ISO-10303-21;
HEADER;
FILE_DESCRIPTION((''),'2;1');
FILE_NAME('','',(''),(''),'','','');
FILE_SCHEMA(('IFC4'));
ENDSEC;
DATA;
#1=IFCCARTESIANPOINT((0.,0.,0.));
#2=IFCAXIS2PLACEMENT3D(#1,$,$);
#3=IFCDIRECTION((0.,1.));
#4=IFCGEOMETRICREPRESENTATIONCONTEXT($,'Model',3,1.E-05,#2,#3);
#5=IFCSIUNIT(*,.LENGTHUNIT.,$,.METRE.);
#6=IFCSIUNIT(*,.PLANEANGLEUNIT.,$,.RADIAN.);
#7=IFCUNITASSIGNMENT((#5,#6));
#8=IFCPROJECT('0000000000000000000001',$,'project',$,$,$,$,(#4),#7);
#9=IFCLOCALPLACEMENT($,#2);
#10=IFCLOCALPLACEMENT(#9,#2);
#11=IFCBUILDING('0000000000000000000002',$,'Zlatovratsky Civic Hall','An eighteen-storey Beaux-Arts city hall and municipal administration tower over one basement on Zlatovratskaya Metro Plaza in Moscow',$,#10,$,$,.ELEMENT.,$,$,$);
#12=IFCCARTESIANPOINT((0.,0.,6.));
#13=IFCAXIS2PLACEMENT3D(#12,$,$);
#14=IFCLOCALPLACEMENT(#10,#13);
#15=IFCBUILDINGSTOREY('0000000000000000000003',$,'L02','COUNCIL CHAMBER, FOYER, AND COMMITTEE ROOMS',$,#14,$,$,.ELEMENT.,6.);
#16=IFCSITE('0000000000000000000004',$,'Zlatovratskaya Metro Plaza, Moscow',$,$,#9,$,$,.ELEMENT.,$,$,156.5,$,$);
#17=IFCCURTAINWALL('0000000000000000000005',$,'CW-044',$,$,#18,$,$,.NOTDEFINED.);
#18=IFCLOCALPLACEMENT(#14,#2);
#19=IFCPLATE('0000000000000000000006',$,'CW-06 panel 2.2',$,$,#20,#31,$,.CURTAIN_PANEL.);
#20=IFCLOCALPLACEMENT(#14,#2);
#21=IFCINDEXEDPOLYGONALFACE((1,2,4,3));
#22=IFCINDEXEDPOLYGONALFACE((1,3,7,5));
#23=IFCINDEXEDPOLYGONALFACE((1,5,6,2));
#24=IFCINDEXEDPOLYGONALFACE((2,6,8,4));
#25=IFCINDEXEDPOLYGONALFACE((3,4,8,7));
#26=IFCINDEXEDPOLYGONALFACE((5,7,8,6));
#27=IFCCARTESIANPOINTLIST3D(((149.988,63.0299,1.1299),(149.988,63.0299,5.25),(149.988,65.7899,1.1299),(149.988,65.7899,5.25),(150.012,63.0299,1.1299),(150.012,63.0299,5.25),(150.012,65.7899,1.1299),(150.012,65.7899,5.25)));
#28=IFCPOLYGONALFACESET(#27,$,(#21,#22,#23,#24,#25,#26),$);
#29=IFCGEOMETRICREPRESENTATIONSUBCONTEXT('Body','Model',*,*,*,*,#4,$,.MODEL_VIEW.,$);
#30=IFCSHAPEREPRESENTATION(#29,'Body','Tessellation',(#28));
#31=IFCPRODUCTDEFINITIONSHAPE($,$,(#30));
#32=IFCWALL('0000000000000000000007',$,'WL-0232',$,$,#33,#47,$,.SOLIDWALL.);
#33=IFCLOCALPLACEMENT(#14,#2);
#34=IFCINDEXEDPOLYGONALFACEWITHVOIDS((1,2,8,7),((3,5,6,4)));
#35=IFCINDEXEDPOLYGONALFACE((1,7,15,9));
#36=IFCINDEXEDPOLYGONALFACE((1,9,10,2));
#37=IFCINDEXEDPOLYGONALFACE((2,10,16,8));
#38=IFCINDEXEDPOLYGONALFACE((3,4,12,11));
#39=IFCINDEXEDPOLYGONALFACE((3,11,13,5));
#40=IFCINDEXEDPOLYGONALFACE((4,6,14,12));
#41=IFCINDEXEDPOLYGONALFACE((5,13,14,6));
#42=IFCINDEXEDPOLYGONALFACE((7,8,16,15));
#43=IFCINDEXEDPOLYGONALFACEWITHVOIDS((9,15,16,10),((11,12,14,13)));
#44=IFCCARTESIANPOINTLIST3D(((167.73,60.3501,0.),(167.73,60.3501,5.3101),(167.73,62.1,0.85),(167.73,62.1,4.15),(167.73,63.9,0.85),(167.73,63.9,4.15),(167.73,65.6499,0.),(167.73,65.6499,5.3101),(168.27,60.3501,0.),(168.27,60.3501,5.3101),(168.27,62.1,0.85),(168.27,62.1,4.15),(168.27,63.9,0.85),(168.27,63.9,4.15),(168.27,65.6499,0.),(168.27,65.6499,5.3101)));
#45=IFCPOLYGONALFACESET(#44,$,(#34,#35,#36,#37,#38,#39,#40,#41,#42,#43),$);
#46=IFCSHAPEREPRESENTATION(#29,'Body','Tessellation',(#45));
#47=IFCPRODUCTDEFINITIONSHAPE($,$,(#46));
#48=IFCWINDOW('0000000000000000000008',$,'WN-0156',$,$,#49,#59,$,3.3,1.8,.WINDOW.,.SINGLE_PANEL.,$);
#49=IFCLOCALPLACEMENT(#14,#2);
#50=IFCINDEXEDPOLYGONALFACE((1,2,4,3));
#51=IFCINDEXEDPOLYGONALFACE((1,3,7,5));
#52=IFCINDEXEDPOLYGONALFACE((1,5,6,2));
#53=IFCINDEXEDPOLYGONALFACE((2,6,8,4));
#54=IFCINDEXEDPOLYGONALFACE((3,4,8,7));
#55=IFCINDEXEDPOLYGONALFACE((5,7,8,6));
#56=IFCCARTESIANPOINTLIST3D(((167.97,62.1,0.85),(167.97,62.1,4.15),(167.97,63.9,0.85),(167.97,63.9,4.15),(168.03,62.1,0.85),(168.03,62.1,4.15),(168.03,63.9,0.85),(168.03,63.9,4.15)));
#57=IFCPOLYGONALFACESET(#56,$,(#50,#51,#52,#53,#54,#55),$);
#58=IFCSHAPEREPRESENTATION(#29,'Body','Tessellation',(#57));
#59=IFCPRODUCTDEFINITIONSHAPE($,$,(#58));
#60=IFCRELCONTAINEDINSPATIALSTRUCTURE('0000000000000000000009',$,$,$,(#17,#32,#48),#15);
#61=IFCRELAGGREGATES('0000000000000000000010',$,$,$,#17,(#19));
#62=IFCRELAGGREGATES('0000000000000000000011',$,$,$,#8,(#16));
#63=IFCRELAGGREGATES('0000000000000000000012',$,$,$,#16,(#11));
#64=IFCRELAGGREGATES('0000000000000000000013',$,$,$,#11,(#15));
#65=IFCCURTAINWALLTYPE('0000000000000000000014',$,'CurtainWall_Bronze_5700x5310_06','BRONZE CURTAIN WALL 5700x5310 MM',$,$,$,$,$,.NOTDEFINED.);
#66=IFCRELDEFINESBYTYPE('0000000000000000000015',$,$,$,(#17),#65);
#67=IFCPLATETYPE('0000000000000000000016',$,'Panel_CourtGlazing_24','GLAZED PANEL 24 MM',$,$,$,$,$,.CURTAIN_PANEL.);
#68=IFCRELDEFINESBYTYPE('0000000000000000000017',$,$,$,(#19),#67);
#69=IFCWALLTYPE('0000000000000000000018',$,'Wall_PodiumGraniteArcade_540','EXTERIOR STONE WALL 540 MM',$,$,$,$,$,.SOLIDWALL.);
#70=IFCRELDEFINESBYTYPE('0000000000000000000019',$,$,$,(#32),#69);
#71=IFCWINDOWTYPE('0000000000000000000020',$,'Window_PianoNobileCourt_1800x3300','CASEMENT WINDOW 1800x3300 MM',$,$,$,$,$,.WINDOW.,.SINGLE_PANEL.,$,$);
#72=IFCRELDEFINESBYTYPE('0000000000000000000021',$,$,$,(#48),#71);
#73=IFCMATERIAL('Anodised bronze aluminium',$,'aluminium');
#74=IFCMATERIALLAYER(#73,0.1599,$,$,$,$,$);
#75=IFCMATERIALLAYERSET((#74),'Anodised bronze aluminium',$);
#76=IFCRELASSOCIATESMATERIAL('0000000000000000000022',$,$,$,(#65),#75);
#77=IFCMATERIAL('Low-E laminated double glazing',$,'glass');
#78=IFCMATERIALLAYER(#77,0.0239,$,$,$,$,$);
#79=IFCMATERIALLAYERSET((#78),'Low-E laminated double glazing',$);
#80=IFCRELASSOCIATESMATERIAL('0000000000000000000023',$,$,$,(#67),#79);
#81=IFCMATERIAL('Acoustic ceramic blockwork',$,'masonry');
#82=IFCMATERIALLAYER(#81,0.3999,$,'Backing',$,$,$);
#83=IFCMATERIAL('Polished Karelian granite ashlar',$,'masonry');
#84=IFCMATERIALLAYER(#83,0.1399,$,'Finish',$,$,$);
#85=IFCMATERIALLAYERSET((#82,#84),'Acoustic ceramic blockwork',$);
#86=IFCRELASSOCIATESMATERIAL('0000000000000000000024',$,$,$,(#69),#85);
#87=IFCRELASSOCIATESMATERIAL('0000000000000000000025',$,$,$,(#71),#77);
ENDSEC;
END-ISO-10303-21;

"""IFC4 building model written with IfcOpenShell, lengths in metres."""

from ifc_helpers import new_model, si_unit, direction, frame, frame_2d, origin, origin_2d, place, context, subcontext, project, spatial, rectangle, extrude, material, layer, layer_set, type_object, element, fill, aggregate, save


model = new_model("IFC4")

# Units and contexts
model_context = context("Model", 3, precision=1e-05, world=origin(), true_north=direction((0.0, 1.0)))
body_context = subcontext(model_context, "Body", "Model", "MODEL_VIEW")
ifc_project = project(units=[si_unit("LENGTHUNIT", "METRE"), si_unit("PLANEANGLEUNIT", "RADIAN")], contexts=[model_context])

# Site, building, storey
site_placement = place(None, origin())
site = spatial("IfcSite", under=ifc_project, at=site_placement, Name="Zlatovratskaya Metro Plaza, Moscow", CompositionType="ELEMENT", RefElevation=156.5)
building_placement = place(site_placement, origin())
building = spatial("IfcBuilding", under=site, at=building_placement, Name="Zlatovratsky Civic Hall", Description="An eighteen-storey Beaux-Arts city hall and municipal administration tower over one basement on Zlatovratskaya Metro Plaza in Moscow", CompositionType="ELEMENT")
storey_placement = place(building_placement, frame((0.0, 0.0, 6.0)))
storey = spatial("IfcBuildingStorey", under=building, at=storey_placement, Name="L02", Description="COUNCIL CHAMBER, FOYER, AND COMMITTEE ROOMS", CompositionType="ELEMENT", Elevation=6.0)

# Shared definitions
ifc_material_1 = material(Name="Anodised bronze aluminium", Category="aluminium")
ifc_layer_1 = layer(ifc_material_1, 0.1599)
ifc_layer_set_1 = layer_set([ifc_layer_1], Name="Anodised bronze aluminium")
curtain_wall_type = type_object("IfcCurtainWallType", Name="CurtainWall_Bronze_5700x5310_06", Description="BRONZE CURTAIN WALL 5700x5310 MM", PredefinedType="NOTDEFINED", material=ifc_layer_set_1)

# Curtain wall
curtain_wall_1_placement = place(storey_placement, origin())
curtain_wall_1 = element("IfcCurtainWall", 1, at=curtain_wall_1_placement, inside=storey, type_object=curtain_wall_type, Name="CW-044", PredefinedType="NOTDEFINED")

# Plate
ifc_material_2 = material(Name="Low-E laminated double glazing", Category="glass")
ifc_layer_2 = layer(ifc_material_2, 0.0239)
ifc_layer_set_2 = layer_set([ifc_layer_2], Name="Low-E laminated double glazing")
plate_type = type_object("IfcPlateType", Name="Panel_CourtGlazing_24", Description="GLAZED PANEL 24 MM", PredefinedType="CURTAIN_PANEL", material=ifc_layer_set_2)
plate_1_placement = place(storey_placement, frame((150.0, 64.4099, 1.1299), z_axis=(0.0, 0.0, 1.0), x_axis=(0.0, 1.0, 0.0)))
plate_1 = element("IfcPlate", 2, at=plate_1_placement, type_object=plate_type, Name="CW-06 panel 2.2", PredefinedType="CURTAIN_PANEL", context=body_context, shape_type="SweptSolid", body=[
    extrude(rectangle(XDim=2.76, YDim=0.0239, at=origin_2d()), origin(), (0.0, 0.0, 1.0), 4.1201),
])
aggregate(curtain_wall_1, [plate_1])

# Wall, opening, window
ifc_material_3 = material(Name="Acoustic ceramic blockwork", Category="masonry")
ifc_layer_3 = layer(ifc_material_3, 0.3999, Name="Backing")
ifc_material_4 = material(Name="Polished Karelian granite ashlar", Category="masonry")
ifc_layer_4 = layer(ifc_material_4, 0.1399, Name="Finish")
ifc_layer_set_3 = layer_set([ifc_layer_3, ifc_layer_4], Name="Acoustic ceramic blockwork")
wall_type = type_object("IfcWallType", Name="Wall_PodiumGraniteArcade_540", Description="EXTERIOR STONE WALL 540 MM", PredefinedType="SOLIDWALL", material=ifc_layer_set_3)
wall_placement = place(storey_placement, frame((168.0, 60.3501, 0.0), z_axis=(0.0, 0.0, 1.0), x_axis=(0.0, 1.0, 0.0)))
wall = element("IfcWall", 3, at=wall_placement, inside=storey, type_object=wall_type, Name="WL-0232", PredefinedType="SOLIDWALL", context=body_context, shape_type="SweptSolid", body=[
    extrude(rectangle(XDim=5.2998, YDim=0.54, at=frame_2d((2.6499, 0.0))), origin(), (0.0, 0.0, 1.0), 5.3101),
])
opening_placement = place(wall_placement, frame((1.75, 0.0, 0.8501)))
opening = element("IfcOpeningElement", 4, at=opening_placement, cuts=wall, PredefinedType="OPENING", context=body_context, shape_type="SweptSolid", body=[
    extrude(rectangle(XDim=1.8, YDim=3.3, at=frame_2d((0.8999, 1.6499))), frame((0.0, 0.2849, 0.0), z_axis=(0.0, -1.0, 0.0), x_axis=(1.0, 0.0, 0.0)), (0.0, 0.0, 1.0), 0.5698),
])
window_type = type_object("IfcWindowType", Name="Window_PianoNobileCourt_1800x3300", Description="CASEMENT WINDOW 1800x3300 MM", PartitioningType="SINGLE_PANEL", PredefinedType="WINDOW", material=ifc_material_2)
window_placement = place(opening_placement, origin())
window = element("IfcWindow", 5, at=window_placement, inside=storey, type_object=window_type, Name="WN-0156", OverallHeight=3.3, OverallWidth=1.8, PartitioningType="SINGLE_PANEL", PredefinedType="WINDOW", context=body_context, shape_type="SweptSolid", body=[
    extrude(rectangle(XDim=1.8, YDim=3.3, at=frame_2d((0.8999, 1.6499))), frame((0.0, 0.03, 0.0), z_axis=(0.0, -1.0, 0.0), x_axis=(1.0, 0.0, 0.0)), (0.0, 0.0, 1.0), 0.0601),
])
fill(opening, window)

save(model, "model.ifc")
